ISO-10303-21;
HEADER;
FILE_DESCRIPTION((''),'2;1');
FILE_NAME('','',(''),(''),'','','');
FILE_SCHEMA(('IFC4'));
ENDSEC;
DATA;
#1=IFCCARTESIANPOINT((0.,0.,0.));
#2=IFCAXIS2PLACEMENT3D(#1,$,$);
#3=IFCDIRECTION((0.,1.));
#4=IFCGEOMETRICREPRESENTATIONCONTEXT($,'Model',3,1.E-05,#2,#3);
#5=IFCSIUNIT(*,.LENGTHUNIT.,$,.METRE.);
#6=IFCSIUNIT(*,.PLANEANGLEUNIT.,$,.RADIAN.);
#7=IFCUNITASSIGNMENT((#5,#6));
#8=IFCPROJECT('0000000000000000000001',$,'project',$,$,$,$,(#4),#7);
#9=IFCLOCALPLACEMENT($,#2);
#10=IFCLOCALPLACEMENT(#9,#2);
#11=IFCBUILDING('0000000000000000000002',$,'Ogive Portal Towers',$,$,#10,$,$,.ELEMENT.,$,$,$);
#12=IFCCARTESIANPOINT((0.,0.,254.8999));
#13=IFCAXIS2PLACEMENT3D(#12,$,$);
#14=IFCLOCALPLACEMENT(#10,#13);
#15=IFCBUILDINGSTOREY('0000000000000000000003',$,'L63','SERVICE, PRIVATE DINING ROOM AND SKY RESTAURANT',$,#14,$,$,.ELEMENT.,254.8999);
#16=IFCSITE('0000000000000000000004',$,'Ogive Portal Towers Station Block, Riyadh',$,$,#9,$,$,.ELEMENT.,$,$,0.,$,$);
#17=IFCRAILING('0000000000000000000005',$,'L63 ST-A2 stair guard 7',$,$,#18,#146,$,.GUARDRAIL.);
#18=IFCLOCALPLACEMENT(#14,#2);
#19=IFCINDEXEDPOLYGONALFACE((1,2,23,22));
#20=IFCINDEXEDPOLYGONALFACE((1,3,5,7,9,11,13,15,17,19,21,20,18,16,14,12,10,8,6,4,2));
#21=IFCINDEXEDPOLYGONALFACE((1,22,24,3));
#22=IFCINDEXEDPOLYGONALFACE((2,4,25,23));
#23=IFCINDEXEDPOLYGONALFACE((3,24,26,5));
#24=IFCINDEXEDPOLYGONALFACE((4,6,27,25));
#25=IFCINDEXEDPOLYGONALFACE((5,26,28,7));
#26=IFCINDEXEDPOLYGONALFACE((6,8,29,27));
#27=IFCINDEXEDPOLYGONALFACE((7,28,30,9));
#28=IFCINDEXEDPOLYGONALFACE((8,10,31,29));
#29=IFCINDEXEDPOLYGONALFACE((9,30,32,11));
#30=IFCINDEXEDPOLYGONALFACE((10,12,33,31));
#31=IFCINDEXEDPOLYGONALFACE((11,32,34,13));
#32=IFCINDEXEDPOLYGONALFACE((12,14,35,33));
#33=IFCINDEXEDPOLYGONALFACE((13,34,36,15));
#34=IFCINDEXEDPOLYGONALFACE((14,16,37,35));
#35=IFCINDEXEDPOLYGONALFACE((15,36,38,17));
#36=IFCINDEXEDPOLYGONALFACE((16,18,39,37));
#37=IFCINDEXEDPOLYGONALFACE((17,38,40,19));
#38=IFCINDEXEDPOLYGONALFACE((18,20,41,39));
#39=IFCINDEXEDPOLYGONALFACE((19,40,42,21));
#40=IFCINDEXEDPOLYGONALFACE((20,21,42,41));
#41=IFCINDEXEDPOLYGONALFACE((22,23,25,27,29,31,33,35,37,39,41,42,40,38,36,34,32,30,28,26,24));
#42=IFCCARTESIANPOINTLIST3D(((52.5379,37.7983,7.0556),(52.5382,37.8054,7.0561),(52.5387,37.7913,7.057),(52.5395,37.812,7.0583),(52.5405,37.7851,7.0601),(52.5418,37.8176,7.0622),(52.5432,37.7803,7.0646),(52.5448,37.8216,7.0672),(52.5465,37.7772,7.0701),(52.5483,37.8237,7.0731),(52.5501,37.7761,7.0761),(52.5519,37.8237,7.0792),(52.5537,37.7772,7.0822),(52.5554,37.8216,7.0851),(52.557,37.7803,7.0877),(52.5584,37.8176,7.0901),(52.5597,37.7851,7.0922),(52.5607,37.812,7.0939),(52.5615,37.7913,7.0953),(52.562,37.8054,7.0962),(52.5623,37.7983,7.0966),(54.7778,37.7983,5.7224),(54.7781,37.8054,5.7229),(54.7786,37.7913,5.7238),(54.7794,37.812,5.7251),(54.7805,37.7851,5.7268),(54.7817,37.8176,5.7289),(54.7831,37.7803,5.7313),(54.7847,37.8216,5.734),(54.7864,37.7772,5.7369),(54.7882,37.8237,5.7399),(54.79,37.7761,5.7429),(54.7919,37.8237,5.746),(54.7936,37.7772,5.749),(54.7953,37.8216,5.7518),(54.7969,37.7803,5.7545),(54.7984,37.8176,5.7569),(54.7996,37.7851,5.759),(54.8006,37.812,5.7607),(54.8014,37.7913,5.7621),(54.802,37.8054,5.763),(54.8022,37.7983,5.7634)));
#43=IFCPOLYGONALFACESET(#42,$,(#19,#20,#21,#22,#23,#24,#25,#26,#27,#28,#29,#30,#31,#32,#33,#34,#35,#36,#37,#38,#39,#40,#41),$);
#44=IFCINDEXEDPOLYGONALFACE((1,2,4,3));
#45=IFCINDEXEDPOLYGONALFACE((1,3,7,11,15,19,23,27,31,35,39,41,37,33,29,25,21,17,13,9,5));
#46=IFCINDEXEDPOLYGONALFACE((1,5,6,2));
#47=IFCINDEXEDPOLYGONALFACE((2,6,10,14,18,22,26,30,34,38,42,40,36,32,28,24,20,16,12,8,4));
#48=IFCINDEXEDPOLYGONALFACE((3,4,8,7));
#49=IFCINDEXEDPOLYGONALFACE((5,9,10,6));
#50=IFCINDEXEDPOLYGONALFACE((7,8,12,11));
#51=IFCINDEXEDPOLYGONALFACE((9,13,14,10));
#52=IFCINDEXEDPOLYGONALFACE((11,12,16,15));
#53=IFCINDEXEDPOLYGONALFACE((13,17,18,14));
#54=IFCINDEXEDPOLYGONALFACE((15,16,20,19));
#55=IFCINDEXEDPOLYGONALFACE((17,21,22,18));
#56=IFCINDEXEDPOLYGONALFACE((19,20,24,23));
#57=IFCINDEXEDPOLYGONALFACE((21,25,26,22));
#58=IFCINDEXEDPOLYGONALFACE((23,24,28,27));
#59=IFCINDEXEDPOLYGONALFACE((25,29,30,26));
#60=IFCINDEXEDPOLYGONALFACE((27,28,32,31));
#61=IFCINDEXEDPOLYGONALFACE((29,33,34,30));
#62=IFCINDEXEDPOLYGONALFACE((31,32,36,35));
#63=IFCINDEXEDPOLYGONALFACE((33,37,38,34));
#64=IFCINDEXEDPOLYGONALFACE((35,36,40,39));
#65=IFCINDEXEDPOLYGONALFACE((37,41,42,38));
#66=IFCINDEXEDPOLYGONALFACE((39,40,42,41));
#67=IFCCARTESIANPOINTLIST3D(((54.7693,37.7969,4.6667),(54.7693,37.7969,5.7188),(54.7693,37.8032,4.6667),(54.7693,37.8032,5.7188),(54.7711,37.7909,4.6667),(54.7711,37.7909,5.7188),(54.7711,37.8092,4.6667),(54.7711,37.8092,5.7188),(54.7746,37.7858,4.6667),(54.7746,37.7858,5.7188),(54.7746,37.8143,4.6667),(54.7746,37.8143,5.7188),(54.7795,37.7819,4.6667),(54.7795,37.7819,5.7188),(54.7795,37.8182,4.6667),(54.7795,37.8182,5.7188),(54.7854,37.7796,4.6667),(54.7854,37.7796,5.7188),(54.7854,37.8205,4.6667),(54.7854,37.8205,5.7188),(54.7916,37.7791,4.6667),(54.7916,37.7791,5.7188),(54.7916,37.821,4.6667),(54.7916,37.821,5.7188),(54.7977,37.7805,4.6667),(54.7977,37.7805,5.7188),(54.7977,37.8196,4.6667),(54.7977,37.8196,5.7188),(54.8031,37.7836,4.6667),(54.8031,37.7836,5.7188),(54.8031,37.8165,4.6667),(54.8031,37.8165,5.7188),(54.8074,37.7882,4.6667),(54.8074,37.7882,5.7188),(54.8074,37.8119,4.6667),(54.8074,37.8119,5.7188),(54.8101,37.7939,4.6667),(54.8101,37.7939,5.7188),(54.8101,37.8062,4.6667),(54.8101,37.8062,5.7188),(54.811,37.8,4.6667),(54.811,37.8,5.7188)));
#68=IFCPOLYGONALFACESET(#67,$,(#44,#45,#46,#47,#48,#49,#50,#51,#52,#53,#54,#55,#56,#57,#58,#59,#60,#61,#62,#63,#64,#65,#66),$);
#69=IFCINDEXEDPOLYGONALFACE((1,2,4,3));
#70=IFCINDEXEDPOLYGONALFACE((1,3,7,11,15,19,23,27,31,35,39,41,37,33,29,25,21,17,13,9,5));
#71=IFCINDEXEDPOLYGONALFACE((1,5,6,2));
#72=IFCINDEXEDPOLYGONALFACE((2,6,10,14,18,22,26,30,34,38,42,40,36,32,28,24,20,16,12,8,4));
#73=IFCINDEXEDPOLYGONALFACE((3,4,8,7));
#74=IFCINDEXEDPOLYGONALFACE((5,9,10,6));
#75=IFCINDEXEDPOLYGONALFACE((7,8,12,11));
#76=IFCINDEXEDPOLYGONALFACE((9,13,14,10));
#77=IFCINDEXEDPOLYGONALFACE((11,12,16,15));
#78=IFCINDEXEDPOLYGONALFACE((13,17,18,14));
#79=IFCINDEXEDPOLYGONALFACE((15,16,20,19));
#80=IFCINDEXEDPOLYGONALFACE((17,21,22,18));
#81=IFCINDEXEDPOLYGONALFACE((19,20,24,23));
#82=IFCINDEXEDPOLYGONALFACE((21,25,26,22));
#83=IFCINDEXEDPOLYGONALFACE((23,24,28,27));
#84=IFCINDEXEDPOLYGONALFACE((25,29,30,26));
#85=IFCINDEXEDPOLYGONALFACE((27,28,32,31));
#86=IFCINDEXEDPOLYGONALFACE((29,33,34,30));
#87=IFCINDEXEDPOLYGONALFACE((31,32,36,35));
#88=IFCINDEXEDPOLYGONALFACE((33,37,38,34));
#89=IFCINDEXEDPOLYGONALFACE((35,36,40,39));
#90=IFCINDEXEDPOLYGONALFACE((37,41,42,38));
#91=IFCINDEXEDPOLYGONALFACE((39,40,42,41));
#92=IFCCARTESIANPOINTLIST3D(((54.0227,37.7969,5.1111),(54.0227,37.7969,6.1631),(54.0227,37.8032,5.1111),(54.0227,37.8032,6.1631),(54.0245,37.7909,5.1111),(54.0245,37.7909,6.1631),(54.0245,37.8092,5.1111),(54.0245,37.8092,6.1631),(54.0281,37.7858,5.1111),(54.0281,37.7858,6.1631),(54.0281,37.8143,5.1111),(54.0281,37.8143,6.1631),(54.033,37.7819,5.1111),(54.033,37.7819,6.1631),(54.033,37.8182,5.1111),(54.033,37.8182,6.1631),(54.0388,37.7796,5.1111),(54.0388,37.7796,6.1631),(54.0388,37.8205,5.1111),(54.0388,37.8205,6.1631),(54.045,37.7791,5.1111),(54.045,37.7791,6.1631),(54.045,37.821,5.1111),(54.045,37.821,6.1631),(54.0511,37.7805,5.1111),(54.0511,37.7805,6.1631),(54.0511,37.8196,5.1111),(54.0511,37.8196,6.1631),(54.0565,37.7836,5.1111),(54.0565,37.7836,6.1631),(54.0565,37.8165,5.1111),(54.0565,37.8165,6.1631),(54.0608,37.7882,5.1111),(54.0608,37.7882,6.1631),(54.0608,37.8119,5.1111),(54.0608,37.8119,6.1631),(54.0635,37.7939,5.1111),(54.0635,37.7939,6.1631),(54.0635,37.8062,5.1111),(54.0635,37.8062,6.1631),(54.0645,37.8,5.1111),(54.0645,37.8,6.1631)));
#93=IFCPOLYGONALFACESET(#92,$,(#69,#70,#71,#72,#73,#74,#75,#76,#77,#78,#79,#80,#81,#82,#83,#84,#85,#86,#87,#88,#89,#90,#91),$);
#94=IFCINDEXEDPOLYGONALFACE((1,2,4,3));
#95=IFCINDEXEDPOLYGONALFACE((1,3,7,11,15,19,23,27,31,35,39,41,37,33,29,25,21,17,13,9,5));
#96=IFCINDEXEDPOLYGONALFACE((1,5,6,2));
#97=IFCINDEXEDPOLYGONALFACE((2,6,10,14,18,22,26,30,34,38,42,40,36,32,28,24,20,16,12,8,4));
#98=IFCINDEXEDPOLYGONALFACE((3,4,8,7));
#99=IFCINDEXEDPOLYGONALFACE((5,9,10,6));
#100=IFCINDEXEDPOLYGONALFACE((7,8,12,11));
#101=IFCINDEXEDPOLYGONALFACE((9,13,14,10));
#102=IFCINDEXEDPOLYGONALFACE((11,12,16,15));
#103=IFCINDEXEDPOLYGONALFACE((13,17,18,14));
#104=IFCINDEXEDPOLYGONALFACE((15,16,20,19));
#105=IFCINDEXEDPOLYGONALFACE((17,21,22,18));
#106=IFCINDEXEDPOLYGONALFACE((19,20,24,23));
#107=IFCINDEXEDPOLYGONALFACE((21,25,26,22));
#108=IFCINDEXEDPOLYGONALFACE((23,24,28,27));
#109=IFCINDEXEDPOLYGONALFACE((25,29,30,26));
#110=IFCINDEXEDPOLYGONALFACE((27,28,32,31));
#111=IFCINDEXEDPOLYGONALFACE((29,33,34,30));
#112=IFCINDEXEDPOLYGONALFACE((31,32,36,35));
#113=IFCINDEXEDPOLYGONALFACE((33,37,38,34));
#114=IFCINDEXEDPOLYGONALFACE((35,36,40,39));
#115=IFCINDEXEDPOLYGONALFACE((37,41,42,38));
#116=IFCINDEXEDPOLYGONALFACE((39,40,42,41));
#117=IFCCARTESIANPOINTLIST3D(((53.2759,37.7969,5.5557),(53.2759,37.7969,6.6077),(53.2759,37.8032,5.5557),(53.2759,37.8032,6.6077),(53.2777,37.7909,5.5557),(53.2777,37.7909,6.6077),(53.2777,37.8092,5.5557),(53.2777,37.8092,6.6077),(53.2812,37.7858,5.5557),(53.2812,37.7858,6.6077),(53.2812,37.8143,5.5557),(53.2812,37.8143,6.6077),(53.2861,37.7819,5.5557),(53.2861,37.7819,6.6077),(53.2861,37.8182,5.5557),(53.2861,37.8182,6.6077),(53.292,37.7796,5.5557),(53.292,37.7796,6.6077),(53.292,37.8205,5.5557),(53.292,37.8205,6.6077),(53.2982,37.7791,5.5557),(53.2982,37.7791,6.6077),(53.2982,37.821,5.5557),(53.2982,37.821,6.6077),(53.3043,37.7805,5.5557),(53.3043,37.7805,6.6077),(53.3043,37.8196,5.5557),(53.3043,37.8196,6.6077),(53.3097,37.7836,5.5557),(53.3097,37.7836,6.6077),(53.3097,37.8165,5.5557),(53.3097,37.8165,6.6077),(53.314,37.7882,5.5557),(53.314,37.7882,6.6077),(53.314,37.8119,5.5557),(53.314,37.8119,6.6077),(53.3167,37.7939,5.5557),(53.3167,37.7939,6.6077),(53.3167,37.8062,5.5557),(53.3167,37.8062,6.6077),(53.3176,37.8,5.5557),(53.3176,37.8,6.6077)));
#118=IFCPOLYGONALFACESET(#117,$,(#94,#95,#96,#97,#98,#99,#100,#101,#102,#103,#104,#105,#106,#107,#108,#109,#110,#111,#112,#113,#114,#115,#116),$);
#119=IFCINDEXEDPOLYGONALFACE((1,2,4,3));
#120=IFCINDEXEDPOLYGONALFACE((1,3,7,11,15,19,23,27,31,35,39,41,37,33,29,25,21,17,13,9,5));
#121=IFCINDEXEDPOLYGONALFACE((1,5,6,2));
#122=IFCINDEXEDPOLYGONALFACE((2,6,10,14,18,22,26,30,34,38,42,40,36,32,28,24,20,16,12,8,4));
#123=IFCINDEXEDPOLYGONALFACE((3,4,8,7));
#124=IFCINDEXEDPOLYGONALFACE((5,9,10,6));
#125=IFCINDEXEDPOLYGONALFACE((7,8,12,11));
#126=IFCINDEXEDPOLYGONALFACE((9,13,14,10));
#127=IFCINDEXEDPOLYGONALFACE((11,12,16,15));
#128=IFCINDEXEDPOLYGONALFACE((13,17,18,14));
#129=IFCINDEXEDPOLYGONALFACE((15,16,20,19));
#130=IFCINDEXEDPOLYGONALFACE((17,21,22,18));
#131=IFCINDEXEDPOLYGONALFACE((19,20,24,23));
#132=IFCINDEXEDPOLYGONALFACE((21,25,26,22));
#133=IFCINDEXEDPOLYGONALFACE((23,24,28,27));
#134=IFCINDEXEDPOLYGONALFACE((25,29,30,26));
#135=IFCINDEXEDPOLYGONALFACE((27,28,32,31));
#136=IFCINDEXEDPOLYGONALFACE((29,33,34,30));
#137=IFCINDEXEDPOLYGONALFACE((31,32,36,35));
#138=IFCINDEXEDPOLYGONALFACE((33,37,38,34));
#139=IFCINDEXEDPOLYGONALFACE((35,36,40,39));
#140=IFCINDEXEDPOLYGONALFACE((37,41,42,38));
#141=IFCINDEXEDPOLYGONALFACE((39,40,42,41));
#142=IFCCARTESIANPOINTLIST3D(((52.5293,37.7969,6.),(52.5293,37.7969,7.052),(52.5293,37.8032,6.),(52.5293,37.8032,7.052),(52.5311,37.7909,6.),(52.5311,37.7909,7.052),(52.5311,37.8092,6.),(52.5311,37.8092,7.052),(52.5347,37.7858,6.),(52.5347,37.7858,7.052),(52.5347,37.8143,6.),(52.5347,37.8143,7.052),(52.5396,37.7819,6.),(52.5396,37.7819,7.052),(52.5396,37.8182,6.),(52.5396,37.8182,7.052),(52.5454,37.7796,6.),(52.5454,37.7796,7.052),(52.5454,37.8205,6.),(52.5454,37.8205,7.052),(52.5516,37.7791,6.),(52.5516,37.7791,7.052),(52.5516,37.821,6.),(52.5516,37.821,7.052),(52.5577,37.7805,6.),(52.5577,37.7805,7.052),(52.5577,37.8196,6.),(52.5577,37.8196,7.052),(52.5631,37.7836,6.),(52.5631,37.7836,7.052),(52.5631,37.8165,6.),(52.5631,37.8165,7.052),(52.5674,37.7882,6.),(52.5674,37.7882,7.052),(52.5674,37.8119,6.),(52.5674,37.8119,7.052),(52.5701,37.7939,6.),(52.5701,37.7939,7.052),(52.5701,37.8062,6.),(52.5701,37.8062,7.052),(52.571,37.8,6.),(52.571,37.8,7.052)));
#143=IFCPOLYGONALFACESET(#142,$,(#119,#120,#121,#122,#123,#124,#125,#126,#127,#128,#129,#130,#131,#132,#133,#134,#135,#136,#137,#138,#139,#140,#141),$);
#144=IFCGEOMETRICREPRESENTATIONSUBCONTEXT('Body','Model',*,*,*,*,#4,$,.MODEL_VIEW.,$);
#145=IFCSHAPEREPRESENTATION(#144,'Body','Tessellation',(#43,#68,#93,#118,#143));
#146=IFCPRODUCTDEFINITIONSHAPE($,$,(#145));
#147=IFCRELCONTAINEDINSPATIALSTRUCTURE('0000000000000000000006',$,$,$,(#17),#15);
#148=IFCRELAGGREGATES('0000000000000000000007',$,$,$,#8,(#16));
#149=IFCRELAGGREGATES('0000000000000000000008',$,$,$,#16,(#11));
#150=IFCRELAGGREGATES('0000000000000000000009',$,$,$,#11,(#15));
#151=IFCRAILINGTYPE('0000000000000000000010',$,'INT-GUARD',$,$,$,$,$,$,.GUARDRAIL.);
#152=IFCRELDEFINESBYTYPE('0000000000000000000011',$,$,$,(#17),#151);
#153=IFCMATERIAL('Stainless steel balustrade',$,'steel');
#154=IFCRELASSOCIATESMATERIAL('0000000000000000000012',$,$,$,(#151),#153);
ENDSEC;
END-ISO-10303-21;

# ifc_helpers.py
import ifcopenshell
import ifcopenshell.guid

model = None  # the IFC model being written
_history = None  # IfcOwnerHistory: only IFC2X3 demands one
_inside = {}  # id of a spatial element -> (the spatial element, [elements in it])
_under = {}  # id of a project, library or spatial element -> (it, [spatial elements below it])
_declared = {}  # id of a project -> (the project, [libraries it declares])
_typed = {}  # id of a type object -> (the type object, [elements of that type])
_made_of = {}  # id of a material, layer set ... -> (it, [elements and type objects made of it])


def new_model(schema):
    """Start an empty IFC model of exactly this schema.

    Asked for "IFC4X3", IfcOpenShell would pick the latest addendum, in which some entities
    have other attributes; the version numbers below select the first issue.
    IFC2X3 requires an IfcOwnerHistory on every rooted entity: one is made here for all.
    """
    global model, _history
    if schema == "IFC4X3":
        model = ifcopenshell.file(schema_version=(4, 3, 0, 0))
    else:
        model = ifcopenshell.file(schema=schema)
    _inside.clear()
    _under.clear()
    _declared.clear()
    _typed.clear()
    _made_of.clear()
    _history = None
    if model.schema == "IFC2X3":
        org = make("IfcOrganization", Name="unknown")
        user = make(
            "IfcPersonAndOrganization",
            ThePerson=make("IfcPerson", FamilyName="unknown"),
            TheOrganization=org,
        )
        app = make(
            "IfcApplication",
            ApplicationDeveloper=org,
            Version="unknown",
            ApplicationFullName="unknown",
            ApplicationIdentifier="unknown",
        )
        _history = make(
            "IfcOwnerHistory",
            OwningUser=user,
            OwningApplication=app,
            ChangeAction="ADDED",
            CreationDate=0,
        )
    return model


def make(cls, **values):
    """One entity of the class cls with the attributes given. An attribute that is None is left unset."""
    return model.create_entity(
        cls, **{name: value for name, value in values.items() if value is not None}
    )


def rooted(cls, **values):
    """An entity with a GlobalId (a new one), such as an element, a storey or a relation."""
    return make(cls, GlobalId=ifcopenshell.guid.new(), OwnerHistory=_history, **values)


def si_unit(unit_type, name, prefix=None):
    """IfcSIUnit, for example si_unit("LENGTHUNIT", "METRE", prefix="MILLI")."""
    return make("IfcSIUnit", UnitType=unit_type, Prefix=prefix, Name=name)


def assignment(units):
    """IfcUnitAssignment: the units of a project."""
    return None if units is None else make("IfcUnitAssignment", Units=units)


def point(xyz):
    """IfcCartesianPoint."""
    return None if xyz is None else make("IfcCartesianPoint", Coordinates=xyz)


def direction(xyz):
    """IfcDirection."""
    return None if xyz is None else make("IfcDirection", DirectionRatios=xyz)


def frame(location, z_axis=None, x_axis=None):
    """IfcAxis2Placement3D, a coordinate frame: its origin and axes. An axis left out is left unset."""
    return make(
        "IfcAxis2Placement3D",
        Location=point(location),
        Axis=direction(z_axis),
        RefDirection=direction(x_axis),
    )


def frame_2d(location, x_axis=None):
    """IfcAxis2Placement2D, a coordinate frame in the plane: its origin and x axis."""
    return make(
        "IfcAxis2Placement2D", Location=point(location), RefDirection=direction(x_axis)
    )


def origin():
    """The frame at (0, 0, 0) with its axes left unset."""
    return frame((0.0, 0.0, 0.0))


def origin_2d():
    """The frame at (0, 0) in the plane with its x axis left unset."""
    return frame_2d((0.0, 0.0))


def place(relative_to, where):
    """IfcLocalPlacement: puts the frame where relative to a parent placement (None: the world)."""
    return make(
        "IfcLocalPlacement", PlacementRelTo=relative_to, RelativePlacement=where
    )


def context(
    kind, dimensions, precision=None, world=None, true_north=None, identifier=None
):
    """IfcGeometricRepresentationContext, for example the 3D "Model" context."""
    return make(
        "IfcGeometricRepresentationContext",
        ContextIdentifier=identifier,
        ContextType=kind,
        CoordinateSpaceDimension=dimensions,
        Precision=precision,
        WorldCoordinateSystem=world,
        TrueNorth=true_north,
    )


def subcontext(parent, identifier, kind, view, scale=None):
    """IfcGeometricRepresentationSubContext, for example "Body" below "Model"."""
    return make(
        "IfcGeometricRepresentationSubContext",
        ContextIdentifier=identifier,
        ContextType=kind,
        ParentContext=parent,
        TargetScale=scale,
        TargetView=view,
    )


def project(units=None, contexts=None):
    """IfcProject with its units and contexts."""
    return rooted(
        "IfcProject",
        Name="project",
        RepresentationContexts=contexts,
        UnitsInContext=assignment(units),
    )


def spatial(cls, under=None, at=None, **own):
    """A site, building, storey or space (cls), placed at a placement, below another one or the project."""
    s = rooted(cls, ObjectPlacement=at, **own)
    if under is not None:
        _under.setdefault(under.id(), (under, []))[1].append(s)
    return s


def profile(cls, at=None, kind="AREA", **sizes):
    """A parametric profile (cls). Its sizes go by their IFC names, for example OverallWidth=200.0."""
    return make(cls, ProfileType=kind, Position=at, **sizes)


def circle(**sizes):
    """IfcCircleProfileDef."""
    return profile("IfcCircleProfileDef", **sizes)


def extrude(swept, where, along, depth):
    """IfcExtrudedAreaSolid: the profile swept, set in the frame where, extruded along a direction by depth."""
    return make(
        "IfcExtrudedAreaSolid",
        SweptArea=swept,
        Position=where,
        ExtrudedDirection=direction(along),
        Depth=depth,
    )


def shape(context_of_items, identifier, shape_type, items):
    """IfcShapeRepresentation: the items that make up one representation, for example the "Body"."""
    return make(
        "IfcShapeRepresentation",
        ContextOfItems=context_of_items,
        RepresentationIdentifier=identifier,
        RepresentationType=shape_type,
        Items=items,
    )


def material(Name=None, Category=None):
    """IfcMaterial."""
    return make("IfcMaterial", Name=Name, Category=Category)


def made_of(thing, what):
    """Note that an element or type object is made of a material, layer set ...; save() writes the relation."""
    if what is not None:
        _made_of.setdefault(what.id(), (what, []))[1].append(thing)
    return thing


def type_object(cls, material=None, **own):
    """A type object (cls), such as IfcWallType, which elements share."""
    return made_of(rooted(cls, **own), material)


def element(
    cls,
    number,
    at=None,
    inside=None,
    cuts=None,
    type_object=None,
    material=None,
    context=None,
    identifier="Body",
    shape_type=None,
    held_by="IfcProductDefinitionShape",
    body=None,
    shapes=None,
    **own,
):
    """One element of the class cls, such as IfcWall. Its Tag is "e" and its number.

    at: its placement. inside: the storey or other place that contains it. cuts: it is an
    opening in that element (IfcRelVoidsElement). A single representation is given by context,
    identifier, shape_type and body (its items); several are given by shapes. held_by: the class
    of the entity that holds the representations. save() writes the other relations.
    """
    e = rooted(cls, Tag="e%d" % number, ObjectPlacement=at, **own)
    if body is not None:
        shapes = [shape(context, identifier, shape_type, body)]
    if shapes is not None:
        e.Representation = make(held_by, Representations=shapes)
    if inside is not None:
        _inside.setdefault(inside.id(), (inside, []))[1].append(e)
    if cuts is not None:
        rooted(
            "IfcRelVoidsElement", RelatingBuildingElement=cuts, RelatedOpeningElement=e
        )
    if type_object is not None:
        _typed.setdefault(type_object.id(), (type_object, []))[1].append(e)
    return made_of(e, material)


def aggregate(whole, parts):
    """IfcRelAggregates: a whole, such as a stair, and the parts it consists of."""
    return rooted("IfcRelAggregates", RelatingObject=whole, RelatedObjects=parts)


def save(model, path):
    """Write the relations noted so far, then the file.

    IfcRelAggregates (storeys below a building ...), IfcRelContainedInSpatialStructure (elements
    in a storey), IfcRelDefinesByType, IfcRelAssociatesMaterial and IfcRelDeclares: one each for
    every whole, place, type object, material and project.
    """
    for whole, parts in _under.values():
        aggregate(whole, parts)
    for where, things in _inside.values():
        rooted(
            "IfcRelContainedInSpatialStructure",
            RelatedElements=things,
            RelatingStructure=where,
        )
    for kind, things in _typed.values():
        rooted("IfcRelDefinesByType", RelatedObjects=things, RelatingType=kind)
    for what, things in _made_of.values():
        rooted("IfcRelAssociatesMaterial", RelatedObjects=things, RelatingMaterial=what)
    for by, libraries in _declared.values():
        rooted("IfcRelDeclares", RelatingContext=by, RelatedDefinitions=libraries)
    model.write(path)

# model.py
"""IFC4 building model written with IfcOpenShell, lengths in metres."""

from ifc_helpers import new_model, si_unit, direction, frame, origin, origin_2d, place, context, subcontext, project, spatial, circle, extrude, material, type_object, element, save


model = new_model("IFC4")

# Units and contexts
model_context = context("Model", 3, precision=1e-05, world=origin(), true_north=direction((0.0, 1.0)))
body_context = subcontext(model_context, "Body", "Model", "MODEL_VIEW")
ifc_project = project(units=[si_unit("LENGTHUNIT", "METRE"), si_unit("PLANEANGLEUNIT", "RADIAN")], contexts=[model_context])

# Site, building, storey
site_placement = place(None, origin())
site = spatial("IfcSite", under=ifc_project, at=site_placement, Name="Ogive Portal Towers Station Block, Riyadh", CompositionType="ELEMENT", RefElevation=0.0)
building_placement = place(site_placement, origin())
building = spatial("IfcBuilding", under=site, at=building_placement, Name="Ogive Portal Towers", CompositionType="ELEMENT")
storey_placement = place(building_placement, frame((0.0, 0.0, 254.8999)))
storey = spatial("IfcBuildingStorey", under=building, at=storey_placement, Name="L63", Description="SERVICE, PRIVATE DINING ROOM AND SKY RESTAURANT", CompositionType="ELEMENT", Elevation=254.8999)

# Railing
ifc_material_1 = material(Name="Stainless steel balustrade", Category="steel")
railing_type_1 = type_object("IfcRailingType", Name="INT-GUARD", PredefinedType="GUARDRAIL", material=ifc_material_1)
railing_1_placement = place(storey_placement, frame((54.79, 37.8, 4.6667)))
element("IfcRailing", 1, at=railing_1_placement, inside=storey, type_object=railing_type_1, Name="L63 ST-A2 stair guard 7", PredefinedType="GUARDRAIL", context=body_context, shape_type="SweptSolid", body=[
    extrude(circle(Radius=0.0239, at=origin_2d()), frame((0.0, 0.0, 1.0762), z_axis=(-0.859306, 0.0, 0.511462), x_axis=(0.0, -1.0, 0.0)), (0.0, 0.0, 1.0), 2.6067),
    extrude(circle(Radius=0.021, at=origin_2d()), origin(), (0.0, 0.0, 1.0), 1.052),
    extrude(circle(Radius=0.021, at=origin_2d()), frame((-0.7466, 0.0, 0.4443)), (0.0, 0.0, 1.0), 1.052),
    extrude(circle(Radius=0.021, at=origin_2d()), frame((-1.4934, 0.0, 0.8889)), (0.0, 0.0, 1.0), 1.052),
    extrude(circle(Radius=0.021, at=origin_2d()), frame((-2.24, 0.0, 1.3333)), (0.0, 0.0, 1.0), 1.052),
])

save(model, "model.ifc")
